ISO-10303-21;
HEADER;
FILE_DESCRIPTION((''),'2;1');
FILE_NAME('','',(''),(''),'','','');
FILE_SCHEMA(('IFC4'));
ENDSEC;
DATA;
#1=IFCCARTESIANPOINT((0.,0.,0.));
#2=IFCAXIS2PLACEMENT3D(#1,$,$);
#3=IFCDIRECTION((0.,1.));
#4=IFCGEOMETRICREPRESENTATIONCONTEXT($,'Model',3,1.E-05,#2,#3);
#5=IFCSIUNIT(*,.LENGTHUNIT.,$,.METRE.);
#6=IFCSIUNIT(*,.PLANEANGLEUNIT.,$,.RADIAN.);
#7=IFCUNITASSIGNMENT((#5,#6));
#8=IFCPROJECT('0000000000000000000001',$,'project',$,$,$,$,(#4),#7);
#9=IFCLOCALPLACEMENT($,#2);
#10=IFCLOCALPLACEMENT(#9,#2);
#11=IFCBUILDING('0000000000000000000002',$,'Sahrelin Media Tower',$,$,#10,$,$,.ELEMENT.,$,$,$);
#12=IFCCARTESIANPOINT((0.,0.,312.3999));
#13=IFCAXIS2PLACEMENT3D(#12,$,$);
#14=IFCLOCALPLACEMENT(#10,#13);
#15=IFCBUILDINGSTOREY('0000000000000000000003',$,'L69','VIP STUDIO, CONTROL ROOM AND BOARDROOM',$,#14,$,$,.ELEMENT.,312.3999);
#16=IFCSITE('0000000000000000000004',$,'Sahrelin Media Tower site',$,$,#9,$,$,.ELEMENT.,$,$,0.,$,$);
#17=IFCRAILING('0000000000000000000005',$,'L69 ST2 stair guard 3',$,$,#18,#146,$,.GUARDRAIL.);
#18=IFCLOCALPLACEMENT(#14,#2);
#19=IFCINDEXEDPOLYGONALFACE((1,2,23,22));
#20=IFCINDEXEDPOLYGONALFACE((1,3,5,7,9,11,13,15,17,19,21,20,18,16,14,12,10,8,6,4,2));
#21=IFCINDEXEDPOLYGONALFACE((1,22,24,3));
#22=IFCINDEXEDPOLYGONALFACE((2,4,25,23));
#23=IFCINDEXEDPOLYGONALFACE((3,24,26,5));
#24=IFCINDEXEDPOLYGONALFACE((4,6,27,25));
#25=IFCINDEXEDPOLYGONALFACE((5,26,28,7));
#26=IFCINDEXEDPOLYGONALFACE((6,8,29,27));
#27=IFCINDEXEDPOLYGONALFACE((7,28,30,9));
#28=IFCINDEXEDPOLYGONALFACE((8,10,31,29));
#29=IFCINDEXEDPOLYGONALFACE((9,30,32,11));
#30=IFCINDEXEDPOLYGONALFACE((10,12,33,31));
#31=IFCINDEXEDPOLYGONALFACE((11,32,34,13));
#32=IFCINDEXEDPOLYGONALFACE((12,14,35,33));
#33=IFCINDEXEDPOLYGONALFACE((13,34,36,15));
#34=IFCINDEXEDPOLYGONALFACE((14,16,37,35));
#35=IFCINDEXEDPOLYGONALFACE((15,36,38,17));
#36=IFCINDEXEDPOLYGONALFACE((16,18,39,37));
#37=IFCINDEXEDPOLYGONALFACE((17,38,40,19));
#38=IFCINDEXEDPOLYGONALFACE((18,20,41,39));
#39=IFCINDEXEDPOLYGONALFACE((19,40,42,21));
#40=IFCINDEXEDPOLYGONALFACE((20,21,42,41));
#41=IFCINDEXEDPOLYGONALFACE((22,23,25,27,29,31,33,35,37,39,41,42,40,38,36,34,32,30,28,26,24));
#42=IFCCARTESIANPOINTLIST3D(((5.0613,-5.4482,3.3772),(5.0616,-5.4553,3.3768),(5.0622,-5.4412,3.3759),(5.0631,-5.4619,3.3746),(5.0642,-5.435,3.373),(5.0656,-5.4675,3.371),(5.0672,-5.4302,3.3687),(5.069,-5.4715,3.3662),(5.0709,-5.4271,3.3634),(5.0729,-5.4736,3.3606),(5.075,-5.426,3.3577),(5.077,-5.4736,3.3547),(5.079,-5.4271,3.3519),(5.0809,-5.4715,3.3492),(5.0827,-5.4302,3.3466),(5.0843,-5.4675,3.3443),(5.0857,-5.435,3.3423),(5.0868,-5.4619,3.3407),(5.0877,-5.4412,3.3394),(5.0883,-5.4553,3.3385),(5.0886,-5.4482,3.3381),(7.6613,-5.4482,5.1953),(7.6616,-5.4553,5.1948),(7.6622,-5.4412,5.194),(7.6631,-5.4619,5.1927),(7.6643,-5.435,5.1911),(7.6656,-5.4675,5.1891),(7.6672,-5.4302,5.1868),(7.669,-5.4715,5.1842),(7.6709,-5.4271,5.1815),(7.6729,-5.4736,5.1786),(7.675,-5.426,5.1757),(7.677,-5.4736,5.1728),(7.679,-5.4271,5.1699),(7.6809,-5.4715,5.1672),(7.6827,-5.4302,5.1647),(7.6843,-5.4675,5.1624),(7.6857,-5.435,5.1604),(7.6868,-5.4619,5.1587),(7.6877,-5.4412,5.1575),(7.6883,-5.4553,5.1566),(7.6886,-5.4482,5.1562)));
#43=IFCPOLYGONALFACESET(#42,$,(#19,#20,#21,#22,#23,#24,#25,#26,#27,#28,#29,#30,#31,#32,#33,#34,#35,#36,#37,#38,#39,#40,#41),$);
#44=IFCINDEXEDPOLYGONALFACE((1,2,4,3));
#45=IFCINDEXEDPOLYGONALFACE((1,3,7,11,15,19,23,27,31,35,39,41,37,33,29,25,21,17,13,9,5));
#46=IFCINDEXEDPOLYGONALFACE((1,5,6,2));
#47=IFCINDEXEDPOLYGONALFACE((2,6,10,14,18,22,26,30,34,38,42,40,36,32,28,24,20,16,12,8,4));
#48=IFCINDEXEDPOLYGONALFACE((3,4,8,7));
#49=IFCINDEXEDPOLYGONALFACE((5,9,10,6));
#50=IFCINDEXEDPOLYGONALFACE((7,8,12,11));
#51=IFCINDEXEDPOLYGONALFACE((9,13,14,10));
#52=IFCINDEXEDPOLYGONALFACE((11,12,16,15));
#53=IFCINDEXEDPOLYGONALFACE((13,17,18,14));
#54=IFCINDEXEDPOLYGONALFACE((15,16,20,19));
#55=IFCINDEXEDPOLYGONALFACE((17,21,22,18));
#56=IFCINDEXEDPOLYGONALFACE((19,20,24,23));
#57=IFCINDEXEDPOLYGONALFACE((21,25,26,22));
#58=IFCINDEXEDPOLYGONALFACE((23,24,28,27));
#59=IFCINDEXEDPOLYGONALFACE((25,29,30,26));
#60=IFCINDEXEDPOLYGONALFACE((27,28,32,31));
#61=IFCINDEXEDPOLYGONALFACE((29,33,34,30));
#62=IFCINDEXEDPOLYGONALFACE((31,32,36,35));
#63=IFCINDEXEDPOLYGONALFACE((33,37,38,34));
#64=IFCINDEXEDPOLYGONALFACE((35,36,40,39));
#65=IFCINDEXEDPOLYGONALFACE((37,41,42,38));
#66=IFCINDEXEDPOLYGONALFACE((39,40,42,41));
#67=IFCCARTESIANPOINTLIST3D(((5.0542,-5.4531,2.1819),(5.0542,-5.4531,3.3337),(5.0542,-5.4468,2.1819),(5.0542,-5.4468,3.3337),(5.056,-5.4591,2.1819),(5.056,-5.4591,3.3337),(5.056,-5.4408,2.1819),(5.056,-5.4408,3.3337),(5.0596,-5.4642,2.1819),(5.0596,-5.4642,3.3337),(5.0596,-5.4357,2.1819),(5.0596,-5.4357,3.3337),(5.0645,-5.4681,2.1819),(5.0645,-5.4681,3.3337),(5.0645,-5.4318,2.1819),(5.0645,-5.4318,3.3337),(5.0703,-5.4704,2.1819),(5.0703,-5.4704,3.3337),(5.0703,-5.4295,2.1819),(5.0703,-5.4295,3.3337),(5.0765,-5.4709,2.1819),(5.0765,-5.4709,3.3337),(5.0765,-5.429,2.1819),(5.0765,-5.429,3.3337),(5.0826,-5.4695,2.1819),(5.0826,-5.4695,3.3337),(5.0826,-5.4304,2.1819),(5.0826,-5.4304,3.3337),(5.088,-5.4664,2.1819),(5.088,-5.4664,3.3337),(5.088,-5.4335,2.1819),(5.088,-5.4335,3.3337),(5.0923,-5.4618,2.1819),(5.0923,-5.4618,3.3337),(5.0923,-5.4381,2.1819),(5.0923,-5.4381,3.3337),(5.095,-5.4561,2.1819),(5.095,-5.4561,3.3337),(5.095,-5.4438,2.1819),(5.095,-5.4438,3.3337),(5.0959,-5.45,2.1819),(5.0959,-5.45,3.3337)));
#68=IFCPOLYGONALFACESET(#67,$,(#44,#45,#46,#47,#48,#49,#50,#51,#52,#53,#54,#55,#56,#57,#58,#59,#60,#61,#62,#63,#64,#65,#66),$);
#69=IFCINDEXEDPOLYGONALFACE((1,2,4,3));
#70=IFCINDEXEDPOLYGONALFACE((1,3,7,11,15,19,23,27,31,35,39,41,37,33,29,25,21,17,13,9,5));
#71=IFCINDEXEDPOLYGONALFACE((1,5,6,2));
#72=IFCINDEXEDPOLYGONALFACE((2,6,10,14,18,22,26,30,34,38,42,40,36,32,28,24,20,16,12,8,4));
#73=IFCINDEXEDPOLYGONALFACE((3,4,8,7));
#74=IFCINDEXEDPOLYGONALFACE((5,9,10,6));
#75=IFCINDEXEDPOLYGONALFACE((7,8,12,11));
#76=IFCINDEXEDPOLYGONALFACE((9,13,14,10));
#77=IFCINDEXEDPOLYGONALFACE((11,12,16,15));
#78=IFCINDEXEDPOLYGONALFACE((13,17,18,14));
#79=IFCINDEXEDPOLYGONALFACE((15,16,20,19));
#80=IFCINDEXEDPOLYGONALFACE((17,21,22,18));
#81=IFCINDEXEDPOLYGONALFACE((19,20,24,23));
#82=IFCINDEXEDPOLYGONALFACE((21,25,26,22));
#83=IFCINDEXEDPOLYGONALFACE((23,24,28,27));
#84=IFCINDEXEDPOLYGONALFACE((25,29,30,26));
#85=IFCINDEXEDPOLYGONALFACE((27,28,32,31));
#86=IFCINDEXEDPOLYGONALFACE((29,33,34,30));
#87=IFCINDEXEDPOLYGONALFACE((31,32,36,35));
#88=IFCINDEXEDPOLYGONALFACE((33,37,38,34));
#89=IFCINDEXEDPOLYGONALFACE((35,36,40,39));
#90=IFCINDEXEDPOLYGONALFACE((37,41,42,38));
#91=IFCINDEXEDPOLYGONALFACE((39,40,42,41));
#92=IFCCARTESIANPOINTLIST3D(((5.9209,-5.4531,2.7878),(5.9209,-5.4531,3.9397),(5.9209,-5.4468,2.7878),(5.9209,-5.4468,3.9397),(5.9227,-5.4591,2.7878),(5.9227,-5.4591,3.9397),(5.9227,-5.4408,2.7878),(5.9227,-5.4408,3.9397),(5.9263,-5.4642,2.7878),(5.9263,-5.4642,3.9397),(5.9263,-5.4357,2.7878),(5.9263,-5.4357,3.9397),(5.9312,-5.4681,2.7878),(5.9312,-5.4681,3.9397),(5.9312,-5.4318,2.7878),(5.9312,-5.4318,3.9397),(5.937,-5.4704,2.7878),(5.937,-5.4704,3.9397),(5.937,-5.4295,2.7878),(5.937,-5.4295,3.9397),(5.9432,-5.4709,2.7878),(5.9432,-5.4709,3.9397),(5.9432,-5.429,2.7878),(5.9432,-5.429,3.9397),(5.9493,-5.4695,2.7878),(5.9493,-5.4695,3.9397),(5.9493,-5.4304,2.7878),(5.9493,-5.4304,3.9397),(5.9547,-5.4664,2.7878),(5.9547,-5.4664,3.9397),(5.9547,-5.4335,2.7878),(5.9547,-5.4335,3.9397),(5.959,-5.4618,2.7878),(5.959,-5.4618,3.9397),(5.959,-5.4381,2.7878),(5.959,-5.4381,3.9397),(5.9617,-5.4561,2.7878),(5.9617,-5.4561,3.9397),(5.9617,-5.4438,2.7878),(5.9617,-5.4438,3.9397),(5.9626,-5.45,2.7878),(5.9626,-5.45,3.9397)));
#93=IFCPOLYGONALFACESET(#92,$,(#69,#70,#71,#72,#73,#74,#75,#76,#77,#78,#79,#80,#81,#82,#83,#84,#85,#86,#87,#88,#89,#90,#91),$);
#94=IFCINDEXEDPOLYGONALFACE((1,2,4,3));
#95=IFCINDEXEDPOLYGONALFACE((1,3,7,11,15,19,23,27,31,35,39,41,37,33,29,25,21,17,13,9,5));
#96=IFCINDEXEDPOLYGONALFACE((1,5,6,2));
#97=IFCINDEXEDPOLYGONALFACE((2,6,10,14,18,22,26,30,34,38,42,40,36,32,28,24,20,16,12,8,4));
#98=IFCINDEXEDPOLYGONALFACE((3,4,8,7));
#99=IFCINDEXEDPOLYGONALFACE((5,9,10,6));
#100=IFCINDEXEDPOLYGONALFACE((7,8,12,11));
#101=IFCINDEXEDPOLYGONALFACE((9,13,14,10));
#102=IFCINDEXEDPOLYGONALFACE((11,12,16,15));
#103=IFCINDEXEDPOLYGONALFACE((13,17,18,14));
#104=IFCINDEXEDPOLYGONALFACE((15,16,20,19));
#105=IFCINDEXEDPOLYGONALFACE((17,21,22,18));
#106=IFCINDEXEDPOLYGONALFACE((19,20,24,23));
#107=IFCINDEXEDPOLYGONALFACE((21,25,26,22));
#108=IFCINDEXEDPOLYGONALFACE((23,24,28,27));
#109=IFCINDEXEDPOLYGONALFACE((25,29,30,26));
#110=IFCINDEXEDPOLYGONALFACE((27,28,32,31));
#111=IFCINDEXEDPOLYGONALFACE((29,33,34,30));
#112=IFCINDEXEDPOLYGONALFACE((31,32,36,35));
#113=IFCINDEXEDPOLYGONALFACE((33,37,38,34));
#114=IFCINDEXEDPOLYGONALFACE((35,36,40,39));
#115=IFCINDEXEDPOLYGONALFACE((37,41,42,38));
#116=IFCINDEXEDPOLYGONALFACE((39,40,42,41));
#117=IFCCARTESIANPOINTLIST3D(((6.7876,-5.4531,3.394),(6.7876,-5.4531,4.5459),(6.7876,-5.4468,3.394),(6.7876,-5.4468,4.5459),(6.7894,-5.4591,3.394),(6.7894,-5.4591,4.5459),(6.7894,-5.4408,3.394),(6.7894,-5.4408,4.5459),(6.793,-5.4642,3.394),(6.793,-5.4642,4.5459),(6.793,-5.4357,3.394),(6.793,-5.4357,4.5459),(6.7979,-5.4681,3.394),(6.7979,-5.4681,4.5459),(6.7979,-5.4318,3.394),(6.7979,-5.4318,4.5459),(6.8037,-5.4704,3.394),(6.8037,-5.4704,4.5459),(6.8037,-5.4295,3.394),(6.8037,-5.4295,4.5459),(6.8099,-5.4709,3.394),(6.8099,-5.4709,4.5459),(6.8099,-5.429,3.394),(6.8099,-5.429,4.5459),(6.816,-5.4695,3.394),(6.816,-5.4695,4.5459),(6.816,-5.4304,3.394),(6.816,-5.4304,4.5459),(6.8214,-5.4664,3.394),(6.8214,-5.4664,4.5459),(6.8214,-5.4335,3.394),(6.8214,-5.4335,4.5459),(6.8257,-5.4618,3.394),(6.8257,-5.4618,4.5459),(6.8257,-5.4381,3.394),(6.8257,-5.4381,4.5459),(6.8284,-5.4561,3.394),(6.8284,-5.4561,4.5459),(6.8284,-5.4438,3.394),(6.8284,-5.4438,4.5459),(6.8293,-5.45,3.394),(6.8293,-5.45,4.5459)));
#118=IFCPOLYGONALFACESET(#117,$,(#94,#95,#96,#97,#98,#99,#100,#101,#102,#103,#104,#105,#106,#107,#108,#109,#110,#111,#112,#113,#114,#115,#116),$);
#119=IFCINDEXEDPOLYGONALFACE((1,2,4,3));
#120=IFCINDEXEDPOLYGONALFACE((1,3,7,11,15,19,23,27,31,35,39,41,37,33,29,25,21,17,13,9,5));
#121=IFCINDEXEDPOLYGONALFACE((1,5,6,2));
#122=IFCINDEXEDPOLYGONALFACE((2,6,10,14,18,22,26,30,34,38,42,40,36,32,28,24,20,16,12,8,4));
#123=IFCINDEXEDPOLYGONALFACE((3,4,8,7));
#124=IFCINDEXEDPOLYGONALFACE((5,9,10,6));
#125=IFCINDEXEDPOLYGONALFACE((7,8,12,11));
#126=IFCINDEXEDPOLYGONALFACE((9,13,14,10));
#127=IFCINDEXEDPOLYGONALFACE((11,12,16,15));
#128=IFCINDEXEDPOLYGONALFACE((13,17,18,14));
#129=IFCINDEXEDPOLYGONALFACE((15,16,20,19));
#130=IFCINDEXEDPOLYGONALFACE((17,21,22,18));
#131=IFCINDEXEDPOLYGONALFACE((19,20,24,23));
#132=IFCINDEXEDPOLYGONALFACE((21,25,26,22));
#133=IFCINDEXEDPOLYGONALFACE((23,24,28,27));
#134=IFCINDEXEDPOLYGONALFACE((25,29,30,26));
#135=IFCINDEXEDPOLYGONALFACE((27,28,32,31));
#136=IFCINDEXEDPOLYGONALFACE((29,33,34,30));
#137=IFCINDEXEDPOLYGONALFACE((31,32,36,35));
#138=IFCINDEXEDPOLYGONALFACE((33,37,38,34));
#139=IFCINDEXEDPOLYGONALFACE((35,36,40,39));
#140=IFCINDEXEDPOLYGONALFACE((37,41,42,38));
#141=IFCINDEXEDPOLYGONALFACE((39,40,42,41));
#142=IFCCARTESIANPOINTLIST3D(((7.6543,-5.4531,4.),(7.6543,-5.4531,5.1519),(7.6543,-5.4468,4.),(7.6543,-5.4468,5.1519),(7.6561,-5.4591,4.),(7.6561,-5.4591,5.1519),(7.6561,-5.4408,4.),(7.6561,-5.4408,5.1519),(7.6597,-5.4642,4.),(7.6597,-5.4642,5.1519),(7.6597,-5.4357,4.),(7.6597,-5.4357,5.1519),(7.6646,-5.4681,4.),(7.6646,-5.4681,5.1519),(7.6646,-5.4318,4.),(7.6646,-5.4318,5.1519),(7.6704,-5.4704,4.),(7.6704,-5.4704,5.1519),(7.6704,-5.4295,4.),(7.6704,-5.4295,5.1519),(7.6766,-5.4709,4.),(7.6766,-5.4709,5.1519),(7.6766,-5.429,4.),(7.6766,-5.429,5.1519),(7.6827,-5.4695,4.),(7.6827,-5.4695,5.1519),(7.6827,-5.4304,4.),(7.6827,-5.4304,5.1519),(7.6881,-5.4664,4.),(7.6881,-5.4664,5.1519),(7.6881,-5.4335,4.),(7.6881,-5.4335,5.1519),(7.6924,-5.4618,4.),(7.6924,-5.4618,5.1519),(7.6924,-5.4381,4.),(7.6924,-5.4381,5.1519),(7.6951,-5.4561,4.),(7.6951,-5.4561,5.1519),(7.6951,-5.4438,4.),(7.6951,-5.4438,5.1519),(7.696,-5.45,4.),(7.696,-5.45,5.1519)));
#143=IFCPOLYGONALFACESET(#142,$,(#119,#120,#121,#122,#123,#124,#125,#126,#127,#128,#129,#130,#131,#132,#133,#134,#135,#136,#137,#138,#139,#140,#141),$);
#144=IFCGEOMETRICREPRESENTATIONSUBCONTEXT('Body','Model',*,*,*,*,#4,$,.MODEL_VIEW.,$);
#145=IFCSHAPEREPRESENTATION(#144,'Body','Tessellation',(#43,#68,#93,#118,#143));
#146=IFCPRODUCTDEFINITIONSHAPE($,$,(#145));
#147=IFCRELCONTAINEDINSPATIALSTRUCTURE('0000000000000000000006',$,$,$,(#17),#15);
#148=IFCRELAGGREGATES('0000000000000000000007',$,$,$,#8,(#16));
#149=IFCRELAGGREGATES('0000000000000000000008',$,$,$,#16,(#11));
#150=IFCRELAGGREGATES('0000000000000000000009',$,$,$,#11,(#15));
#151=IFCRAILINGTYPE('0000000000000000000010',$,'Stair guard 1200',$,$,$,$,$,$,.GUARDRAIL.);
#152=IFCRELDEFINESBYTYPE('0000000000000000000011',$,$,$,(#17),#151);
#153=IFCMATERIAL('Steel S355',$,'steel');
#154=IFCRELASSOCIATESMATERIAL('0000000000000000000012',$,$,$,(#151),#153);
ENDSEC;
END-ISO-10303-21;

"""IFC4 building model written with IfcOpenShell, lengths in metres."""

from ifc_helpers import new_model, si_unit, direction, frame, origin, origin_2d, place, context, subcontext, project, spatial, circle, extrude, material, type_object, element, save


model = new_model("IFC4")

# Units and contexts
model_context = context("Model", 3, precision=1e-05, world=origin(), true_north=direction((0.0, 1.0)))
body_context = subcontext(model_context, "Body", "Model", "MODEL_VIEW")
ifc_project = project(units=[si_unit("LENGTHUNIT", "METRE"), si_unit("PLANEANGLEUNIT", "RADIAN")], contexts=[model_context])

# Site, building, storey
site_placement = place(None, origin())
site = spatial("IfcSite", under=ifc_project, at=site_placement, Name="Sahrelin Media Tower site", CompositionType="ELEMENT", RefElevation=0.0)
building_placement = place(site_placement, origin())
building = spatial("IfcBuilding", under=site, at=building_placement, Name="Sahrelin Media Tower", CompositionType="ELEMENT")
storey_placement = place(building_placement, frame((0.0, 0.0, 312.3999)))
storey = spatial("IfcBuildingStorey", under=building, at=storey_placement, Name="L69", Description="VIP STUDIO, CONTROL ROOM AND BOARDROOM", CompositionType="ELEMENT", Elevation=312.3999)

# Railing
ifc_material_1 = material(Name="Steel S355", Category="steel")
railing_type_1 = type_object("IfcRailingType", Name="Stair guard 1200", PredefinedType="GUARDRAIL", material=ifc_material_1)
railing_1_placement = place(storey_placement, frame((5.075, -5.45, 2.1819)))
element("IfcRailing", 1, at=railing_1_placement, inside=storey, type_object=railing_type_1, Name="L69 ST2 stair guard 3", PredefinedType="GUARDRAIL", context=body_context, shape_type="SweptSolid", body=[
    extrude(circle(Radius=0.0239, at=origin_2d()), frame((0.0, 0.0, 1.1758), z_axis=(0.819521, 0.0, 0.573049), x_axis=(0.0, 1.0, 0.0)), (0.0, 0.0, 1.0), 3.1726),
    extrude(circle(Radius=0.021, at=origin_2d()), origin(), (0.0, 0.0, 1.0), 1.1519),
    extrude(circle(Radius=0.021, at=origin_2d()), frame((0.8667, 0.0, 0.606)), (0.0, 0.0, 1.0), 1.1519),
    extrude(circle(Radius=0.021, at=origin_2d()), frame((1.7334, 0.0, 1.2122)), (0.0, 0.0, 1.0), 1.1519),
    extrude(circle(Radius=0.021, at=origin_2d()), frame((2.6001, 0.0, 1.8181)), (0.0, 0.0, 1.0), 1.1519),
])

save(model, "model.ifc")
